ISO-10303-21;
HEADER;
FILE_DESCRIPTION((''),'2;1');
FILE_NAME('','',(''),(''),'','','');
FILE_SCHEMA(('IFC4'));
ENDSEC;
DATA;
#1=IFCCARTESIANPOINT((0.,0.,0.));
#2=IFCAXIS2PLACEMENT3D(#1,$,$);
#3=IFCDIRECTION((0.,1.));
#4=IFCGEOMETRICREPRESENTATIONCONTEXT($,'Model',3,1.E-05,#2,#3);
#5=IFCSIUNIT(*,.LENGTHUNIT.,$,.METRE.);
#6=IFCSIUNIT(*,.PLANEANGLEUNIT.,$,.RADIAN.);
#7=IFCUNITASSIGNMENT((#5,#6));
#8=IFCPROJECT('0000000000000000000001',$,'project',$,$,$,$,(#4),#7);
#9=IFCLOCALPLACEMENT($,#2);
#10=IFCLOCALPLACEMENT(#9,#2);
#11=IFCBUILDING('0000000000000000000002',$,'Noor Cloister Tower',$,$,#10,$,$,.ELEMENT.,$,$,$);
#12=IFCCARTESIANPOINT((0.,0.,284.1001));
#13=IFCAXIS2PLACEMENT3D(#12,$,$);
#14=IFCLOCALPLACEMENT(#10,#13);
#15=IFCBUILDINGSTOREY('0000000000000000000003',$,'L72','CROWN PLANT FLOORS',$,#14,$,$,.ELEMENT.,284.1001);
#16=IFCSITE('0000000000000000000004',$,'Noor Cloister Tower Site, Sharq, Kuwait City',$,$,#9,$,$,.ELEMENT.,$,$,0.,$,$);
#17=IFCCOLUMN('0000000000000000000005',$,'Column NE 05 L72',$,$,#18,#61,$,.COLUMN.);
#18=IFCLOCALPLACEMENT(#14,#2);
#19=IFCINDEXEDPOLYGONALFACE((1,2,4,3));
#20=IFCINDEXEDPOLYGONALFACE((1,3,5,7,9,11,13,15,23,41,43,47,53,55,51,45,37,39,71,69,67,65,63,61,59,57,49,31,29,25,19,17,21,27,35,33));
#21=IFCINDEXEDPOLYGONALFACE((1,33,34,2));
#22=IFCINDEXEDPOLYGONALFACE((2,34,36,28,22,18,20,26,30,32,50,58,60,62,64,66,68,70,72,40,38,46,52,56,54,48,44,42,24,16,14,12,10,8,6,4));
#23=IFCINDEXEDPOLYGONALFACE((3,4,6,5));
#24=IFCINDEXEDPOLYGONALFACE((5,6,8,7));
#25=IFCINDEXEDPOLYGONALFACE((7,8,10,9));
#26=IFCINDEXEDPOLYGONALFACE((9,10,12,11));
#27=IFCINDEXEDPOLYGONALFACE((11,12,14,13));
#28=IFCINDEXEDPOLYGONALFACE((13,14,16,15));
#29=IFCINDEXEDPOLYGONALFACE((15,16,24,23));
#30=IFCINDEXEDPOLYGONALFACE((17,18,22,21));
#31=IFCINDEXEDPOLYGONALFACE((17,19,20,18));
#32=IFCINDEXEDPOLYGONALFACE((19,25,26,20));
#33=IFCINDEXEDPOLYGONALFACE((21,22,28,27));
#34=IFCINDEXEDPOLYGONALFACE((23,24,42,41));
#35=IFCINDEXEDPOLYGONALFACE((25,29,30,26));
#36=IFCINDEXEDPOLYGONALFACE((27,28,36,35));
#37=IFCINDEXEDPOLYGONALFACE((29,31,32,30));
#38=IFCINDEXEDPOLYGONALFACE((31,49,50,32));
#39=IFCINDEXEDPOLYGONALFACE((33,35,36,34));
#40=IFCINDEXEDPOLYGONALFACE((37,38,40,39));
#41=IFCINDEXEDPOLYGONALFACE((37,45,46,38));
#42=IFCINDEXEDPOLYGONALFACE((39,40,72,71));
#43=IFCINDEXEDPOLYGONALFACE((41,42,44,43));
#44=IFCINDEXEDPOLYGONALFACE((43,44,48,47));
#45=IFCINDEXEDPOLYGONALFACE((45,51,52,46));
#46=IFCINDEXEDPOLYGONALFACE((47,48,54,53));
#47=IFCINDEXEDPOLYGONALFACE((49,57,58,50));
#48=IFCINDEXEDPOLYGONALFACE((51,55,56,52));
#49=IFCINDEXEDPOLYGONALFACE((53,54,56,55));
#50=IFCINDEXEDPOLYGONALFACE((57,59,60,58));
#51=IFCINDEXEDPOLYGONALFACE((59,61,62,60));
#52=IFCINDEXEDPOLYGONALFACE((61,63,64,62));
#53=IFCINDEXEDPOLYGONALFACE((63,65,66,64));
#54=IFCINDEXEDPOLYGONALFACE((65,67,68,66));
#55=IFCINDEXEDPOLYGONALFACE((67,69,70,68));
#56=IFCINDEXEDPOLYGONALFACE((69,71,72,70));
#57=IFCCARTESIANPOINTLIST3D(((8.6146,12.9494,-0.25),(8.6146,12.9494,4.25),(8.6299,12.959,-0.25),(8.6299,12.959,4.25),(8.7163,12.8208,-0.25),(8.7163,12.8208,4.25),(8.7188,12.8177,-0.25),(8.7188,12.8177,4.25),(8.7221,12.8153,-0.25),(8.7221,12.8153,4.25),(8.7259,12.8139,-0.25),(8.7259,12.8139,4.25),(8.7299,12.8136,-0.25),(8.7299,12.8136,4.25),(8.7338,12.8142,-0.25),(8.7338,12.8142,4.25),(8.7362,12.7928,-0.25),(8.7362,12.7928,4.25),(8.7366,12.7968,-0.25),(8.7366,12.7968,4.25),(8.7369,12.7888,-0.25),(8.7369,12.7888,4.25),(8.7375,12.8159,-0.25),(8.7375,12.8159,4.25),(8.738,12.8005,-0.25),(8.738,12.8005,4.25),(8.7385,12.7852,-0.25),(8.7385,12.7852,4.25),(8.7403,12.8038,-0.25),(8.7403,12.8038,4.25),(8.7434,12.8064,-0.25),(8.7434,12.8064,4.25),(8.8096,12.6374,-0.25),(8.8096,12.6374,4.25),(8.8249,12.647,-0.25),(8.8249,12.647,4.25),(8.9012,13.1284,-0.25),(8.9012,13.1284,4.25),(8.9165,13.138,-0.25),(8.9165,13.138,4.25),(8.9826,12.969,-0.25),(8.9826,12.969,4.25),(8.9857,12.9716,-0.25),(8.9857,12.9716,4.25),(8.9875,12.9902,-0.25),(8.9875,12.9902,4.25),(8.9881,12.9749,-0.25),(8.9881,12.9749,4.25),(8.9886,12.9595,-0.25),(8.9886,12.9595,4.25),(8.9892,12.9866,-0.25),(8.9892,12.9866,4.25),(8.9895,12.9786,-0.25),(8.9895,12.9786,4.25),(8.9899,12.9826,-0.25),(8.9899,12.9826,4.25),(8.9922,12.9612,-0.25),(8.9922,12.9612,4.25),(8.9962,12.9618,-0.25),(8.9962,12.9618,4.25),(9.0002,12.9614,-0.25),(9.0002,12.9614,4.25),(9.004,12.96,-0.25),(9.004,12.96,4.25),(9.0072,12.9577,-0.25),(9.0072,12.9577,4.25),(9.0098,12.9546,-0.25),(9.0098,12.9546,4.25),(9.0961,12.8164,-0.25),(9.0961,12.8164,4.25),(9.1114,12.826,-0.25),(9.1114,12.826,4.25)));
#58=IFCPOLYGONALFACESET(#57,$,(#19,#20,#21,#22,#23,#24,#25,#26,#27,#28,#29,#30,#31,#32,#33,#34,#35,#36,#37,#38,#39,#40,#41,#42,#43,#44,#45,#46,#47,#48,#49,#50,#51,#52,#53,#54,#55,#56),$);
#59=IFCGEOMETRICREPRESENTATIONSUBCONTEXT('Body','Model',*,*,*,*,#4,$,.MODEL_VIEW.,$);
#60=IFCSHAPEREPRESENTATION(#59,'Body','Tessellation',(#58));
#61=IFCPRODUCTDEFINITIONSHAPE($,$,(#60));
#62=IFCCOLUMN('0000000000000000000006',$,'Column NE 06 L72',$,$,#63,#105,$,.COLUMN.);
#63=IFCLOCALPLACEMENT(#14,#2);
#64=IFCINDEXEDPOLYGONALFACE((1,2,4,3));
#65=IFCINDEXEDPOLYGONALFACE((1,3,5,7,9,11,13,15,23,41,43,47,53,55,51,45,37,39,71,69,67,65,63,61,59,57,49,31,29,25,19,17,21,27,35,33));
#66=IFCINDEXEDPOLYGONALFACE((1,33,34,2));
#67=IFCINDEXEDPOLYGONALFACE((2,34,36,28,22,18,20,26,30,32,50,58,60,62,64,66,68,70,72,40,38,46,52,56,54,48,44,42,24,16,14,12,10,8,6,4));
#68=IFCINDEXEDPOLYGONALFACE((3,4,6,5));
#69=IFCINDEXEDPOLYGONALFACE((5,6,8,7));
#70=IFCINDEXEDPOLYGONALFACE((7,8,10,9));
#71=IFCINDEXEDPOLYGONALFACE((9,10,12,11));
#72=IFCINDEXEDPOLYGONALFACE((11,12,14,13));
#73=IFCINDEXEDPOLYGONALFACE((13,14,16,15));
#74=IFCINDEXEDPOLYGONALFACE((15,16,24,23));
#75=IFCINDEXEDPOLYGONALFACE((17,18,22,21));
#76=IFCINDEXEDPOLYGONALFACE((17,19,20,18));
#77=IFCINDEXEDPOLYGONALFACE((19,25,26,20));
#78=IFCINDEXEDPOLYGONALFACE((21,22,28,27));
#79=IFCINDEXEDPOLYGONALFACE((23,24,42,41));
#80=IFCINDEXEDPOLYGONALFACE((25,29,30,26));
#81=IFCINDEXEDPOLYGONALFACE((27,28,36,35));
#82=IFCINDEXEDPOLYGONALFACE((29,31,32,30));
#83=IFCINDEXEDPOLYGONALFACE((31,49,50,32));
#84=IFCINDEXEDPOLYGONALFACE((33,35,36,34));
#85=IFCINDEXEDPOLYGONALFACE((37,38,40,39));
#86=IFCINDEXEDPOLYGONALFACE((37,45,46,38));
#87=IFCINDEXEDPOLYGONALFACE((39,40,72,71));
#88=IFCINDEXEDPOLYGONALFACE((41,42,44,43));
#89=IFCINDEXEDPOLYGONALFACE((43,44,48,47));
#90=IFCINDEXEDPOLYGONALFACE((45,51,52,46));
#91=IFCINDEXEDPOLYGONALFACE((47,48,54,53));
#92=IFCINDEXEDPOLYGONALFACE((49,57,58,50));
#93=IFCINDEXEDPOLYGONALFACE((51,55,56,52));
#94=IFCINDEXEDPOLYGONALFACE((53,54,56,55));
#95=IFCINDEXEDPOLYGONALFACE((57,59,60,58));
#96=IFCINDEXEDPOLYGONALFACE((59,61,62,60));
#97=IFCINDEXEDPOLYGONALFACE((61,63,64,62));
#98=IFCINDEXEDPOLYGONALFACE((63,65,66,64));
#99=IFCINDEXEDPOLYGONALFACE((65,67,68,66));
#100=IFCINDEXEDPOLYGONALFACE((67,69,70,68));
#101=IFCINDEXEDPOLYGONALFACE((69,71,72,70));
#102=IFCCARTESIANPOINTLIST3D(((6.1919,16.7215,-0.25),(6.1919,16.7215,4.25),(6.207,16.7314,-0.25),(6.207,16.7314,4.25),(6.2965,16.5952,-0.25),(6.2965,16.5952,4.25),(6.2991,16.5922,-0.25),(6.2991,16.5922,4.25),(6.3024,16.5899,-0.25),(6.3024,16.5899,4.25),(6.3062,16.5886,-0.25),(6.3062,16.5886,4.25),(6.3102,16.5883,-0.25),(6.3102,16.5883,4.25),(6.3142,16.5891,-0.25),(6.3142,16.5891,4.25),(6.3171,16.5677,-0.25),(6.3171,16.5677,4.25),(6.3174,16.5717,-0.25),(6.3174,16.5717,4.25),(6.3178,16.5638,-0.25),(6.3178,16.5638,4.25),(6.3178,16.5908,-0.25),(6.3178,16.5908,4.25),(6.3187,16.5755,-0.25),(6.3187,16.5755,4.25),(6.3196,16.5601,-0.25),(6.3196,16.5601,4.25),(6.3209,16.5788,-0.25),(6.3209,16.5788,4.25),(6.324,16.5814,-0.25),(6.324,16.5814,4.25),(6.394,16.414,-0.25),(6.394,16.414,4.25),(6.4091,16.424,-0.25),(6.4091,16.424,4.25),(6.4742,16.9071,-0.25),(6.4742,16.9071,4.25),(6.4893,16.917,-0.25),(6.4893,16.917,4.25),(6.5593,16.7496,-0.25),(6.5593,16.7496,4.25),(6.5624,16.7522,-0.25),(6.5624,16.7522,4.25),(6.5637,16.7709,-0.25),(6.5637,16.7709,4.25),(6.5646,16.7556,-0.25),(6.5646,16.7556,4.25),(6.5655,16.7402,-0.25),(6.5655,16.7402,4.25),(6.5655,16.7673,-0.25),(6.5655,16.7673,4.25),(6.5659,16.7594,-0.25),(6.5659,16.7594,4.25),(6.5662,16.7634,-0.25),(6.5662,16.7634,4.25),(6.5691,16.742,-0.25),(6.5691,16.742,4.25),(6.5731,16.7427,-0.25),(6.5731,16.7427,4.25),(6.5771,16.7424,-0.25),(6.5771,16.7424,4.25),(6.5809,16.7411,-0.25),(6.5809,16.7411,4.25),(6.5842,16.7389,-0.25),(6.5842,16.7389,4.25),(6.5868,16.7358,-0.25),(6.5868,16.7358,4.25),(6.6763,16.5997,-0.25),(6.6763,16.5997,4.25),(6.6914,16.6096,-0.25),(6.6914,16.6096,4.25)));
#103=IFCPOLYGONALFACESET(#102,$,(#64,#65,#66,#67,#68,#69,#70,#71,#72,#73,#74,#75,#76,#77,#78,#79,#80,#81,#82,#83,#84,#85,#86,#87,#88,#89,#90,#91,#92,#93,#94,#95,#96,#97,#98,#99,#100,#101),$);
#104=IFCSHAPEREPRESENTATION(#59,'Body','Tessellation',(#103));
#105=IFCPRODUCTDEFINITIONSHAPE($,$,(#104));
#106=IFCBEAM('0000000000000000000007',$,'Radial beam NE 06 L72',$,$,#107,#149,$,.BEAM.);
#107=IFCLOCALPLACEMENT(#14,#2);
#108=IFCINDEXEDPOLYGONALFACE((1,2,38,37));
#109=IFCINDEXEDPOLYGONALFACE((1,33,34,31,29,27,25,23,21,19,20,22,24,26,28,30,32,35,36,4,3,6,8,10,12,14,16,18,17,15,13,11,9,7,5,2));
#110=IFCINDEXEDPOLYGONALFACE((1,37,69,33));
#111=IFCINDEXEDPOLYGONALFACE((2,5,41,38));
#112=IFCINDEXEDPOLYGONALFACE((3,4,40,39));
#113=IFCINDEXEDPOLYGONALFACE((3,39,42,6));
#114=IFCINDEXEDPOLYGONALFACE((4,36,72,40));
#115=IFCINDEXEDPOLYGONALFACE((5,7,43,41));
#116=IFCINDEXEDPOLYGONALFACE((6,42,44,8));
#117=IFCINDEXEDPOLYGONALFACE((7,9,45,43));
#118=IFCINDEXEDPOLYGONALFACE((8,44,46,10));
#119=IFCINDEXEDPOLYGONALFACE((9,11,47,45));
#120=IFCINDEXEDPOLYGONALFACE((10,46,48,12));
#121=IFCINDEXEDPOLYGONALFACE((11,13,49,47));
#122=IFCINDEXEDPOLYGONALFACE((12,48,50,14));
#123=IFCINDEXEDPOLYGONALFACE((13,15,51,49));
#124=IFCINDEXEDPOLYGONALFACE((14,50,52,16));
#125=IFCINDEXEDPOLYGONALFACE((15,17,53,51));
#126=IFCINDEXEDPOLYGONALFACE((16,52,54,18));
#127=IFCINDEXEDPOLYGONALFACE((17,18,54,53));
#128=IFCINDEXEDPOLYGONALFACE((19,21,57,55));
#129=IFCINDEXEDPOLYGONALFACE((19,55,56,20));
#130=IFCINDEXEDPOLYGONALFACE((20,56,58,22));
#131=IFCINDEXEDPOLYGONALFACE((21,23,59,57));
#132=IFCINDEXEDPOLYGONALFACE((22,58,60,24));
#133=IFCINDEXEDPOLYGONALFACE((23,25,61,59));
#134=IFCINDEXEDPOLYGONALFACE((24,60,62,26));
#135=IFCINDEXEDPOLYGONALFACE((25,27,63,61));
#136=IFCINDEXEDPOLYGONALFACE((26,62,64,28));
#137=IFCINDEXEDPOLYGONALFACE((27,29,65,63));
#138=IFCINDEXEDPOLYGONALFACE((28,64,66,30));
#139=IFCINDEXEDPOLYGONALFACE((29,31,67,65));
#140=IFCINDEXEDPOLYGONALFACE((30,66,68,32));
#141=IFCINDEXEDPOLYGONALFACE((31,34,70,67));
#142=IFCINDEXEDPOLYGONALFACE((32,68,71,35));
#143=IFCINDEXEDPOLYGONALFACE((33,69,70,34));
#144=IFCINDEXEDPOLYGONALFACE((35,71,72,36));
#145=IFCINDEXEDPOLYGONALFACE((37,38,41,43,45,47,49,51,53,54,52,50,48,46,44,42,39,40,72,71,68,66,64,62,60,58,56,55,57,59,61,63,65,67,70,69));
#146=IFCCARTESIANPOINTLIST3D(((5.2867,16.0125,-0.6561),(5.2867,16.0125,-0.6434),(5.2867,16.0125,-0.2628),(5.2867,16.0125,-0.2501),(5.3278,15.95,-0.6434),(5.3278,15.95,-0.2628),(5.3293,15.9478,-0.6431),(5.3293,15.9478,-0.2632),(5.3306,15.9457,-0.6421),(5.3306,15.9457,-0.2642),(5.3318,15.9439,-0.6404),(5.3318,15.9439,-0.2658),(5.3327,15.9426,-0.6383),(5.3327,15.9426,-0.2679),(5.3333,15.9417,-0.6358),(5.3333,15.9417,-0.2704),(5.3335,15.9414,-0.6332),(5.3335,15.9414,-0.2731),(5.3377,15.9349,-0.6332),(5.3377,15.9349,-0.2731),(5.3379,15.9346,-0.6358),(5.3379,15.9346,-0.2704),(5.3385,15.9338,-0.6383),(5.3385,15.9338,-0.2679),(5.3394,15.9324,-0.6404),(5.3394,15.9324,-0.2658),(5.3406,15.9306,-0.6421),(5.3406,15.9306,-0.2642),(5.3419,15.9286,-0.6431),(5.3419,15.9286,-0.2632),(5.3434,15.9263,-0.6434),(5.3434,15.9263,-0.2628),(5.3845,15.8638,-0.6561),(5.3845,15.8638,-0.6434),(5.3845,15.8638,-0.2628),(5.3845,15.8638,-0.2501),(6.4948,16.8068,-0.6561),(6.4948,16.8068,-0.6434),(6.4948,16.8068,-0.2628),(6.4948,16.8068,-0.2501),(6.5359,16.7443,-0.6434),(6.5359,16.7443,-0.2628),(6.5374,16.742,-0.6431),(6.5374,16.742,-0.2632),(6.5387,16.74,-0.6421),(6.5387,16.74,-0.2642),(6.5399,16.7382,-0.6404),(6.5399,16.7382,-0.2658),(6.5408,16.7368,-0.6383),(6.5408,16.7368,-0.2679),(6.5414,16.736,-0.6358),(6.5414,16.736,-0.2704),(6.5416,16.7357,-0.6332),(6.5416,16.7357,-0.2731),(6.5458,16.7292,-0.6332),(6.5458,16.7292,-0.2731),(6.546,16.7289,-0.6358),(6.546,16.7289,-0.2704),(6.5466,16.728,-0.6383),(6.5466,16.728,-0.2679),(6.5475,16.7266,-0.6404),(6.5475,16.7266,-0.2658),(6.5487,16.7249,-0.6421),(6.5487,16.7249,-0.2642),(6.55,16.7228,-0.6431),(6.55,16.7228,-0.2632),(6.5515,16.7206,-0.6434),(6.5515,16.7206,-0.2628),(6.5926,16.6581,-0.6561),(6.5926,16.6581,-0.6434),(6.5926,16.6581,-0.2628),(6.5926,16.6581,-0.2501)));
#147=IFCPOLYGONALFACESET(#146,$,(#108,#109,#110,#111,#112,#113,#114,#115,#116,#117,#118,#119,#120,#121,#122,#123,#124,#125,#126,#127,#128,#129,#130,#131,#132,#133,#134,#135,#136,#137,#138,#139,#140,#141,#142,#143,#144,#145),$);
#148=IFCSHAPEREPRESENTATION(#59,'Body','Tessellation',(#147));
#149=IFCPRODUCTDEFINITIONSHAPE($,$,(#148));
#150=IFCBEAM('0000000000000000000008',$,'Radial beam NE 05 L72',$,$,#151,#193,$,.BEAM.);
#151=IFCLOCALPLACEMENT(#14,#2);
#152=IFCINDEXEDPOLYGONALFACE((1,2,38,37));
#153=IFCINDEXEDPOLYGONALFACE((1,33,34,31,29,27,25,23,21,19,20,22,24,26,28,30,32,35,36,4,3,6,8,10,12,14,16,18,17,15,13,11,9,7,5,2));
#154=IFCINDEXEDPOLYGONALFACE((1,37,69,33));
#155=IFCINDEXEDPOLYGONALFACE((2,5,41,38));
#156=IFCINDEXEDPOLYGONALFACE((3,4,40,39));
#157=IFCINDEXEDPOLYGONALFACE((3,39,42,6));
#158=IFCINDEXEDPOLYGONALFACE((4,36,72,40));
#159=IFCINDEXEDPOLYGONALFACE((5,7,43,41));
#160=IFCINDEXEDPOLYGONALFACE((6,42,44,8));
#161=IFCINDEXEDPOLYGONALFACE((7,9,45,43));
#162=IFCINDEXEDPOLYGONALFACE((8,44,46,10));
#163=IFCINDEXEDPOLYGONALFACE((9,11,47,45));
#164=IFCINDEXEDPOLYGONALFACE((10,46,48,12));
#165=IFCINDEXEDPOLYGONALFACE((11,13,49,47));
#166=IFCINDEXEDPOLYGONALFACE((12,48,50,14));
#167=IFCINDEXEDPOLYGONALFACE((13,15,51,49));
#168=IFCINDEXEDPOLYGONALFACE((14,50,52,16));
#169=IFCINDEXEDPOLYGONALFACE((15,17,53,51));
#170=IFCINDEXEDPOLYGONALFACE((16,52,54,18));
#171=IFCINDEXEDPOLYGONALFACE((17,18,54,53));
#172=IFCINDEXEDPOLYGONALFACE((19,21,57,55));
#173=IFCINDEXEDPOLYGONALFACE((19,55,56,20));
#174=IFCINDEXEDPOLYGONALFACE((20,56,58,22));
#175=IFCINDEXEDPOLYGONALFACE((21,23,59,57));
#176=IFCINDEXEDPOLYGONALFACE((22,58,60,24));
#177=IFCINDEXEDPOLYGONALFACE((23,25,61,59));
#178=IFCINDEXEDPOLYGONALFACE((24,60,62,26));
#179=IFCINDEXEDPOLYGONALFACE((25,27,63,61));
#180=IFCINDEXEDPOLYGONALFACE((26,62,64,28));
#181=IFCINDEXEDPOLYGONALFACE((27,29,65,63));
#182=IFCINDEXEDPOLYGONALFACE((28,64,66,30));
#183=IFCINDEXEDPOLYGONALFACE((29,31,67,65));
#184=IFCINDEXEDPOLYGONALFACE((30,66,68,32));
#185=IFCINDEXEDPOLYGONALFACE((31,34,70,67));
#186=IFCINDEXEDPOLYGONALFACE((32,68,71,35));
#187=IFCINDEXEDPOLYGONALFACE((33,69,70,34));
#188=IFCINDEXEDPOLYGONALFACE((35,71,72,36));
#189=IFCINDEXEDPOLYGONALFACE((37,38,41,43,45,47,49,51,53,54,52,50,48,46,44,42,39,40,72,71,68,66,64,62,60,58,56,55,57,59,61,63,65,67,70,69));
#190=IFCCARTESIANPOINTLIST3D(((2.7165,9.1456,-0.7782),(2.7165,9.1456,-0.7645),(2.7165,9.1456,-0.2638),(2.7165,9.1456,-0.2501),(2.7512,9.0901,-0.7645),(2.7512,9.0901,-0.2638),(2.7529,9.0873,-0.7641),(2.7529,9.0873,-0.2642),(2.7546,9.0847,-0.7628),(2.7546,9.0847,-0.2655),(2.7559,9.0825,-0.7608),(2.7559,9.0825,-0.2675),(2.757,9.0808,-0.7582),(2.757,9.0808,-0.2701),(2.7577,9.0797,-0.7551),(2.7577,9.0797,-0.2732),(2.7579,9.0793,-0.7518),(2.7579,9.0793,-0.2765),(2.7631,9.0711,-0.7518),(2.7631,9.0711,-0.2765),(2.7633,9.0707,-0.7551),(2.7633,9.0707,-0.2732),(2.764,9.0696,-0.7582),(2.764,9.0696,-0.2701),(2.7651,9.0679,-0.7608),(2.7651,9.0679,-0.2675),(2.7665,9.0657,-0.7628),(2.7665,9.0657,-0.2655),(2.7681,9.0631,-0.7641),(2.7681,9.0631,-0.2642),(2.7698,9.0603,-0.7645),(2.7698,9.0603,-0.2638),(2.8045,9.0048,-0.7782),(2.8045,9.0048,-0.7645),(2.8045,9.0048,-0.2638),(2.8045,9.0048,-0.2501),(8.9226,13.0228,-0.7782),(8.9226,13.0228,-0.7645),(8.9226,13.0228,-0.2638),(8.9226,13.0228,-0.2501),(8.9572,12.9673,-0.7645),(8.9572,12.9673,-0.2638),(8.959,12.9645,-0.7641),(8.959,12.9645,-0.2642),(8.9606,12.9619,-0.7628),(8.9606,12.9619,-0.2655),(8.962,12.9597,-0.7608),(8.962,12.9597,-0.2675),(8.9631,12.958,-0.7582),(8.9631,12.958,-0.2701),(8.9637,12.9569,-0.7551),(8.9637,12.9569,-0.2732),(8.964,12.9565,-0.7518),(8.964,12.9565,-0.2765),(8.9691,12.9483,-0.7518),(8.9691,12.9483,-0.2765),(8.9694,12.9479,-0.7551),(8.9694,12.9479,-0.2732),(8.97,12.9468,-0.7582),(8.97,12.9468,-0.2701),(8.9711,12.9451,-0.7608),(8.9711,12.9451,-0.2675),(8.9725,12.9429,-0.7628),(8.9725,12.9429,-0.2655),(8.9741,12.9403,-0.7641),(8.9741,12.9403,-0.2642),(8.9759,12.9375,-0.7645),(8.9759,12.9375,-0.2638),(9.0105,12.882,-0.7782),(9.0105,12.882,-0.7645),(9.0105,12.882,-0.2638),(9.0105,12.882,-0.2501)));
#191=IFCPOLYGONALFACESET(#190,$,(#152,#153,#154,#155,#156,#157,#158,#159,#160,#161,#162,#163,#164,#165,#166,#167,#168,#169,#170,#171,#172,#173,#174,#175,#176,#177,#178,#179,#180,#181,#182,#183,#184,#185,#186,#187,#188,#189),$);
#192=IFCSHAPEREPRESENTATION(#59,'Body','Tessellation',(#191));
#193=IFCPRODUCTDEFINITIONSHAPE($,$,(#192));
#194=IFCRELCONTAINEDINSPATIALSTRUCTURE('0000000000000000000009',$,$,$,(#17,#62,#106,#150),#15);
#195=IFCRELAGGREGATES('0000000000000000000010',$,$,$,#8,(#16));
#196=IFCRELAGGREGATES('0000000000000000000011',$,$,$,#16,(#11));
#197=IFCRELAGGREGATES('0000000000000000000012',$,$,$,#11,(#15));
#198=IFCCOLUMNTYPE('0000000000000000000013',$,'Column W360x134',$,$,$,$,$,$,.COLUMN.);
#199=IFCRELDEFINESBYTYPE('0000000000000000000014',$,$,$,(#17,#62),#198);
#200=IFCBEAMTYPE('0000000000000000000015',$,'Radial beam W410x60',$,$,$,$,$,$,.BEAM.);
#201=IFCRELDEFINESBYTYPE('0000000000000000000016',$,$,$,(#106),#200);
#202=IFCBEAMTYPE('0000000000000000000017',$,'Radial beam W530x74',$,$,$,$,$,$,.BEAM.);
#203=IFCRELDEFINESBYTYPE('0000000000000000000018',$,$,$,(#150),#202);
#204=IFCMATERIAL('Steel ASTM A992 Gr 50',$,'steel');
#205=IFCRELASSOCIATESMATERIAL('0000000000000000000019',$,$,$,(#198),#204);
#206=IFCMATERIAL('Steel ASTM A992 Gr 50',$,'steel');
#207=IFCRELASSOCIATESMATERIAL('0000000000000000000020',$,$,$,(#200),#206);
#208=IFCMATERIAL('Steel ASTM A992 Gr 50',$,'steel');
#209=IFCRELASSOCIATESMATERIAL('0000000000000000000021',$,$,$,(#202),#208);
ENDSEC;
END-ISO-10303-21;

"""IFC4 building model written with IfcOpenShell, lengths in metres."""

from ifc_helpers import new_model, si_unit, direction, frame, origin, origin_2d, place, context, subcontext, project, spatial, i_section, extrude, material, material_profile, profile_set, type_object, element, save


model = new_model("IFC4")

# Units and contexts
model_context = context("Model", 3, precision=1e-05, world=origin(), true_north=direction((0.0, 1.0)))
body_context = subcontext(model_context, "Body", "Model", "MODEL_VIEW")
ifc_project = project(units=[si_unit("LENGTHUNIT", "METRE"), si_unit("PLANEANGLEUNIT", "RADIAN")], contexts=[model_context])

# Site, building, storey
site_placement = place(None, origin())
site = spatial("IfcSite", under=ifc_project, at=site_placement, Name="Noor Cloister Tower Site, Sharq, Kuwait City", CompositionType="ELEMENT", RefElevation=0.0)
building_placement = place(site_placement, origin())
building = spatial("IfcBuilding", under=site, at=building_placement, Name="Noor Cloister Tower", CompositionType="ELEMENT")
storey_placement = place(building_placement, frame((0.0, 0.0, 284.1001)))
storey = spatial("IfcBuildingStorey", under=building, at=storey_placement, Name="L72", Description="CROWN PLANT FLOORS", CompositionType="ELEMENT", Elevation=284.1001)

# Columns
ifc_material_1 = material(Name="Steel ASTM A992 Gr 50", Category="steel")
ifc_material_profile_1 = material_profile(ifc_material_1, i_section(OverallWidth=0.3679, OverallDepth=0.356, WebThickness=0.0112, FlangeThickness=0.0181, FilletRadius=0.0154, at=origin_2d()), Name="W360x134")
ifc_profile_set_1 = profile_set([ifc_material_profile_1], Name="Steel ASTM A992 Gr 50")
column_type = type_object("IfcColumnType", Name="Column W360x134", PredefinedType="COLUMN", material=ifc_profile_set_1)
for number, where, z_axis, x_axis, name in (
    (1, (8.863, 12.8877, -0.25), (0.0, 0.0, 1.0), (-0.529819, 0.848111, 0.0), "Column NE 05 L72"),
    (2, (6.4417, 16.6655, -0.25), (0.0, 0.0, 1.0), (-0.549345, 0.835596, 0.0), "Column NE 06 L72"),
):
    element("IfcColumn", number, at=place(storey_placement, frame(where, z_axis=z_axis, x_axis=x_axis)), inside=storey, type_object=column_type, Name=name, PredefinedType="COLUMN", context=body_context, shape_type="SweptSolid", body=[
        extrude(i_section(OverallWidth=0.3679, OverallDepth=0.356, WebThickness=0.0112, FlangeThickness=0.0181, FilletRadius=0.0154, at=origin_2d()), origin(), (0.0, 0.0, 1.0), 4.5),
    ])

# Beams
ifc_material_2 = material(Name="Steel ASTM A992 Gr 50", Category="steel")
ifc_material_profile_2 = material_profile(ifc_material_2, i_section(OverallWidth=0.178, OverallDepth=0.406, WebThickness=0.0078, FlangeThickness=0.0127, FilletRadius=0.0103, at=origin_2d()), Name="W410x60")
ifc_profile_set_2 = profile_set([ifc_material_profile_2], Name="Steel ASTM A992 Gr 50")
beam_type_1 = type_object("IfcBeamType", Name="Radial beam W410x60", PredefinedType="BEAM", material=ifc_profile_set_2)
beam_1_placement = place(storey_placement, frame((6.5437, 16.7324, -0.4531), z_axis=(-0.835593, -0.54935, 0.0), x_axis=(0.54935, -0.835593, 0.0)))
element("IfcBeam", 3, at=beam_1_placement, inside=storey, type_object=beam_type_1, Name="Radial beam NE 06 L72", PredefinedType="BEAM", context=body_context, shape_type="SweptSolid", body=[
    extrude(i_section(OverallWidth=0.178, OverallDepth=0.406, WebThickness=0.0078, FlangeThickness=0.0127, FilletRadius=0.0103, at=origin_2d()), origin(), (0.0, 0.0, 1.0), 1.4458),
])
ifc_material_3 = material(Name="Steel ASTM A992 Gr 50", Category="steel")
ifc_material_profile_3 = material_profile(ifc_material_3, i_section(OverallWidth=0.166, OverallDepth=0.5281, WebThickness=0.0098, FlangeThickness=0.0137, FilletRadius=0.0127, at=origin_2d()), Name="W530x74")
ifc_profile_set_3 = profile_set([ifc_material_profile_3], Name="Steel ASTM A992 Gr 50")
beam_type_2 = type_object("IfcBeamType", Name="Radial beam W530x74", PredefinedType="BEAM", material=ifc_profile_set_3)
beam_2_placement = place(storey_placement, frame((8.9666, 12.9524, -0.5142), z_axis=(-0.848096, -0.529843, 0.0), x_axis=(0.529843, -0.848096, 0.0)))
element("IfcBeam", 4, at=beam_2_placement, inside=storey, type_object=beam_type_2, Name="Radial beam NE 05 L72", PredefinedType="BEAM", context=body_context, shape_type="SweptSolid", body=[
    extrude(i_section(OverallWidth=0.166, OverallDepth=0.5281, WebThickness=0.0098, FlangeThickness=0.0137, FilletRadius=0.0127, at=origin_2d()), origin(), (0.0, 0.0, 1.0), 7.3176),
])

save(model, "model.ifc")
